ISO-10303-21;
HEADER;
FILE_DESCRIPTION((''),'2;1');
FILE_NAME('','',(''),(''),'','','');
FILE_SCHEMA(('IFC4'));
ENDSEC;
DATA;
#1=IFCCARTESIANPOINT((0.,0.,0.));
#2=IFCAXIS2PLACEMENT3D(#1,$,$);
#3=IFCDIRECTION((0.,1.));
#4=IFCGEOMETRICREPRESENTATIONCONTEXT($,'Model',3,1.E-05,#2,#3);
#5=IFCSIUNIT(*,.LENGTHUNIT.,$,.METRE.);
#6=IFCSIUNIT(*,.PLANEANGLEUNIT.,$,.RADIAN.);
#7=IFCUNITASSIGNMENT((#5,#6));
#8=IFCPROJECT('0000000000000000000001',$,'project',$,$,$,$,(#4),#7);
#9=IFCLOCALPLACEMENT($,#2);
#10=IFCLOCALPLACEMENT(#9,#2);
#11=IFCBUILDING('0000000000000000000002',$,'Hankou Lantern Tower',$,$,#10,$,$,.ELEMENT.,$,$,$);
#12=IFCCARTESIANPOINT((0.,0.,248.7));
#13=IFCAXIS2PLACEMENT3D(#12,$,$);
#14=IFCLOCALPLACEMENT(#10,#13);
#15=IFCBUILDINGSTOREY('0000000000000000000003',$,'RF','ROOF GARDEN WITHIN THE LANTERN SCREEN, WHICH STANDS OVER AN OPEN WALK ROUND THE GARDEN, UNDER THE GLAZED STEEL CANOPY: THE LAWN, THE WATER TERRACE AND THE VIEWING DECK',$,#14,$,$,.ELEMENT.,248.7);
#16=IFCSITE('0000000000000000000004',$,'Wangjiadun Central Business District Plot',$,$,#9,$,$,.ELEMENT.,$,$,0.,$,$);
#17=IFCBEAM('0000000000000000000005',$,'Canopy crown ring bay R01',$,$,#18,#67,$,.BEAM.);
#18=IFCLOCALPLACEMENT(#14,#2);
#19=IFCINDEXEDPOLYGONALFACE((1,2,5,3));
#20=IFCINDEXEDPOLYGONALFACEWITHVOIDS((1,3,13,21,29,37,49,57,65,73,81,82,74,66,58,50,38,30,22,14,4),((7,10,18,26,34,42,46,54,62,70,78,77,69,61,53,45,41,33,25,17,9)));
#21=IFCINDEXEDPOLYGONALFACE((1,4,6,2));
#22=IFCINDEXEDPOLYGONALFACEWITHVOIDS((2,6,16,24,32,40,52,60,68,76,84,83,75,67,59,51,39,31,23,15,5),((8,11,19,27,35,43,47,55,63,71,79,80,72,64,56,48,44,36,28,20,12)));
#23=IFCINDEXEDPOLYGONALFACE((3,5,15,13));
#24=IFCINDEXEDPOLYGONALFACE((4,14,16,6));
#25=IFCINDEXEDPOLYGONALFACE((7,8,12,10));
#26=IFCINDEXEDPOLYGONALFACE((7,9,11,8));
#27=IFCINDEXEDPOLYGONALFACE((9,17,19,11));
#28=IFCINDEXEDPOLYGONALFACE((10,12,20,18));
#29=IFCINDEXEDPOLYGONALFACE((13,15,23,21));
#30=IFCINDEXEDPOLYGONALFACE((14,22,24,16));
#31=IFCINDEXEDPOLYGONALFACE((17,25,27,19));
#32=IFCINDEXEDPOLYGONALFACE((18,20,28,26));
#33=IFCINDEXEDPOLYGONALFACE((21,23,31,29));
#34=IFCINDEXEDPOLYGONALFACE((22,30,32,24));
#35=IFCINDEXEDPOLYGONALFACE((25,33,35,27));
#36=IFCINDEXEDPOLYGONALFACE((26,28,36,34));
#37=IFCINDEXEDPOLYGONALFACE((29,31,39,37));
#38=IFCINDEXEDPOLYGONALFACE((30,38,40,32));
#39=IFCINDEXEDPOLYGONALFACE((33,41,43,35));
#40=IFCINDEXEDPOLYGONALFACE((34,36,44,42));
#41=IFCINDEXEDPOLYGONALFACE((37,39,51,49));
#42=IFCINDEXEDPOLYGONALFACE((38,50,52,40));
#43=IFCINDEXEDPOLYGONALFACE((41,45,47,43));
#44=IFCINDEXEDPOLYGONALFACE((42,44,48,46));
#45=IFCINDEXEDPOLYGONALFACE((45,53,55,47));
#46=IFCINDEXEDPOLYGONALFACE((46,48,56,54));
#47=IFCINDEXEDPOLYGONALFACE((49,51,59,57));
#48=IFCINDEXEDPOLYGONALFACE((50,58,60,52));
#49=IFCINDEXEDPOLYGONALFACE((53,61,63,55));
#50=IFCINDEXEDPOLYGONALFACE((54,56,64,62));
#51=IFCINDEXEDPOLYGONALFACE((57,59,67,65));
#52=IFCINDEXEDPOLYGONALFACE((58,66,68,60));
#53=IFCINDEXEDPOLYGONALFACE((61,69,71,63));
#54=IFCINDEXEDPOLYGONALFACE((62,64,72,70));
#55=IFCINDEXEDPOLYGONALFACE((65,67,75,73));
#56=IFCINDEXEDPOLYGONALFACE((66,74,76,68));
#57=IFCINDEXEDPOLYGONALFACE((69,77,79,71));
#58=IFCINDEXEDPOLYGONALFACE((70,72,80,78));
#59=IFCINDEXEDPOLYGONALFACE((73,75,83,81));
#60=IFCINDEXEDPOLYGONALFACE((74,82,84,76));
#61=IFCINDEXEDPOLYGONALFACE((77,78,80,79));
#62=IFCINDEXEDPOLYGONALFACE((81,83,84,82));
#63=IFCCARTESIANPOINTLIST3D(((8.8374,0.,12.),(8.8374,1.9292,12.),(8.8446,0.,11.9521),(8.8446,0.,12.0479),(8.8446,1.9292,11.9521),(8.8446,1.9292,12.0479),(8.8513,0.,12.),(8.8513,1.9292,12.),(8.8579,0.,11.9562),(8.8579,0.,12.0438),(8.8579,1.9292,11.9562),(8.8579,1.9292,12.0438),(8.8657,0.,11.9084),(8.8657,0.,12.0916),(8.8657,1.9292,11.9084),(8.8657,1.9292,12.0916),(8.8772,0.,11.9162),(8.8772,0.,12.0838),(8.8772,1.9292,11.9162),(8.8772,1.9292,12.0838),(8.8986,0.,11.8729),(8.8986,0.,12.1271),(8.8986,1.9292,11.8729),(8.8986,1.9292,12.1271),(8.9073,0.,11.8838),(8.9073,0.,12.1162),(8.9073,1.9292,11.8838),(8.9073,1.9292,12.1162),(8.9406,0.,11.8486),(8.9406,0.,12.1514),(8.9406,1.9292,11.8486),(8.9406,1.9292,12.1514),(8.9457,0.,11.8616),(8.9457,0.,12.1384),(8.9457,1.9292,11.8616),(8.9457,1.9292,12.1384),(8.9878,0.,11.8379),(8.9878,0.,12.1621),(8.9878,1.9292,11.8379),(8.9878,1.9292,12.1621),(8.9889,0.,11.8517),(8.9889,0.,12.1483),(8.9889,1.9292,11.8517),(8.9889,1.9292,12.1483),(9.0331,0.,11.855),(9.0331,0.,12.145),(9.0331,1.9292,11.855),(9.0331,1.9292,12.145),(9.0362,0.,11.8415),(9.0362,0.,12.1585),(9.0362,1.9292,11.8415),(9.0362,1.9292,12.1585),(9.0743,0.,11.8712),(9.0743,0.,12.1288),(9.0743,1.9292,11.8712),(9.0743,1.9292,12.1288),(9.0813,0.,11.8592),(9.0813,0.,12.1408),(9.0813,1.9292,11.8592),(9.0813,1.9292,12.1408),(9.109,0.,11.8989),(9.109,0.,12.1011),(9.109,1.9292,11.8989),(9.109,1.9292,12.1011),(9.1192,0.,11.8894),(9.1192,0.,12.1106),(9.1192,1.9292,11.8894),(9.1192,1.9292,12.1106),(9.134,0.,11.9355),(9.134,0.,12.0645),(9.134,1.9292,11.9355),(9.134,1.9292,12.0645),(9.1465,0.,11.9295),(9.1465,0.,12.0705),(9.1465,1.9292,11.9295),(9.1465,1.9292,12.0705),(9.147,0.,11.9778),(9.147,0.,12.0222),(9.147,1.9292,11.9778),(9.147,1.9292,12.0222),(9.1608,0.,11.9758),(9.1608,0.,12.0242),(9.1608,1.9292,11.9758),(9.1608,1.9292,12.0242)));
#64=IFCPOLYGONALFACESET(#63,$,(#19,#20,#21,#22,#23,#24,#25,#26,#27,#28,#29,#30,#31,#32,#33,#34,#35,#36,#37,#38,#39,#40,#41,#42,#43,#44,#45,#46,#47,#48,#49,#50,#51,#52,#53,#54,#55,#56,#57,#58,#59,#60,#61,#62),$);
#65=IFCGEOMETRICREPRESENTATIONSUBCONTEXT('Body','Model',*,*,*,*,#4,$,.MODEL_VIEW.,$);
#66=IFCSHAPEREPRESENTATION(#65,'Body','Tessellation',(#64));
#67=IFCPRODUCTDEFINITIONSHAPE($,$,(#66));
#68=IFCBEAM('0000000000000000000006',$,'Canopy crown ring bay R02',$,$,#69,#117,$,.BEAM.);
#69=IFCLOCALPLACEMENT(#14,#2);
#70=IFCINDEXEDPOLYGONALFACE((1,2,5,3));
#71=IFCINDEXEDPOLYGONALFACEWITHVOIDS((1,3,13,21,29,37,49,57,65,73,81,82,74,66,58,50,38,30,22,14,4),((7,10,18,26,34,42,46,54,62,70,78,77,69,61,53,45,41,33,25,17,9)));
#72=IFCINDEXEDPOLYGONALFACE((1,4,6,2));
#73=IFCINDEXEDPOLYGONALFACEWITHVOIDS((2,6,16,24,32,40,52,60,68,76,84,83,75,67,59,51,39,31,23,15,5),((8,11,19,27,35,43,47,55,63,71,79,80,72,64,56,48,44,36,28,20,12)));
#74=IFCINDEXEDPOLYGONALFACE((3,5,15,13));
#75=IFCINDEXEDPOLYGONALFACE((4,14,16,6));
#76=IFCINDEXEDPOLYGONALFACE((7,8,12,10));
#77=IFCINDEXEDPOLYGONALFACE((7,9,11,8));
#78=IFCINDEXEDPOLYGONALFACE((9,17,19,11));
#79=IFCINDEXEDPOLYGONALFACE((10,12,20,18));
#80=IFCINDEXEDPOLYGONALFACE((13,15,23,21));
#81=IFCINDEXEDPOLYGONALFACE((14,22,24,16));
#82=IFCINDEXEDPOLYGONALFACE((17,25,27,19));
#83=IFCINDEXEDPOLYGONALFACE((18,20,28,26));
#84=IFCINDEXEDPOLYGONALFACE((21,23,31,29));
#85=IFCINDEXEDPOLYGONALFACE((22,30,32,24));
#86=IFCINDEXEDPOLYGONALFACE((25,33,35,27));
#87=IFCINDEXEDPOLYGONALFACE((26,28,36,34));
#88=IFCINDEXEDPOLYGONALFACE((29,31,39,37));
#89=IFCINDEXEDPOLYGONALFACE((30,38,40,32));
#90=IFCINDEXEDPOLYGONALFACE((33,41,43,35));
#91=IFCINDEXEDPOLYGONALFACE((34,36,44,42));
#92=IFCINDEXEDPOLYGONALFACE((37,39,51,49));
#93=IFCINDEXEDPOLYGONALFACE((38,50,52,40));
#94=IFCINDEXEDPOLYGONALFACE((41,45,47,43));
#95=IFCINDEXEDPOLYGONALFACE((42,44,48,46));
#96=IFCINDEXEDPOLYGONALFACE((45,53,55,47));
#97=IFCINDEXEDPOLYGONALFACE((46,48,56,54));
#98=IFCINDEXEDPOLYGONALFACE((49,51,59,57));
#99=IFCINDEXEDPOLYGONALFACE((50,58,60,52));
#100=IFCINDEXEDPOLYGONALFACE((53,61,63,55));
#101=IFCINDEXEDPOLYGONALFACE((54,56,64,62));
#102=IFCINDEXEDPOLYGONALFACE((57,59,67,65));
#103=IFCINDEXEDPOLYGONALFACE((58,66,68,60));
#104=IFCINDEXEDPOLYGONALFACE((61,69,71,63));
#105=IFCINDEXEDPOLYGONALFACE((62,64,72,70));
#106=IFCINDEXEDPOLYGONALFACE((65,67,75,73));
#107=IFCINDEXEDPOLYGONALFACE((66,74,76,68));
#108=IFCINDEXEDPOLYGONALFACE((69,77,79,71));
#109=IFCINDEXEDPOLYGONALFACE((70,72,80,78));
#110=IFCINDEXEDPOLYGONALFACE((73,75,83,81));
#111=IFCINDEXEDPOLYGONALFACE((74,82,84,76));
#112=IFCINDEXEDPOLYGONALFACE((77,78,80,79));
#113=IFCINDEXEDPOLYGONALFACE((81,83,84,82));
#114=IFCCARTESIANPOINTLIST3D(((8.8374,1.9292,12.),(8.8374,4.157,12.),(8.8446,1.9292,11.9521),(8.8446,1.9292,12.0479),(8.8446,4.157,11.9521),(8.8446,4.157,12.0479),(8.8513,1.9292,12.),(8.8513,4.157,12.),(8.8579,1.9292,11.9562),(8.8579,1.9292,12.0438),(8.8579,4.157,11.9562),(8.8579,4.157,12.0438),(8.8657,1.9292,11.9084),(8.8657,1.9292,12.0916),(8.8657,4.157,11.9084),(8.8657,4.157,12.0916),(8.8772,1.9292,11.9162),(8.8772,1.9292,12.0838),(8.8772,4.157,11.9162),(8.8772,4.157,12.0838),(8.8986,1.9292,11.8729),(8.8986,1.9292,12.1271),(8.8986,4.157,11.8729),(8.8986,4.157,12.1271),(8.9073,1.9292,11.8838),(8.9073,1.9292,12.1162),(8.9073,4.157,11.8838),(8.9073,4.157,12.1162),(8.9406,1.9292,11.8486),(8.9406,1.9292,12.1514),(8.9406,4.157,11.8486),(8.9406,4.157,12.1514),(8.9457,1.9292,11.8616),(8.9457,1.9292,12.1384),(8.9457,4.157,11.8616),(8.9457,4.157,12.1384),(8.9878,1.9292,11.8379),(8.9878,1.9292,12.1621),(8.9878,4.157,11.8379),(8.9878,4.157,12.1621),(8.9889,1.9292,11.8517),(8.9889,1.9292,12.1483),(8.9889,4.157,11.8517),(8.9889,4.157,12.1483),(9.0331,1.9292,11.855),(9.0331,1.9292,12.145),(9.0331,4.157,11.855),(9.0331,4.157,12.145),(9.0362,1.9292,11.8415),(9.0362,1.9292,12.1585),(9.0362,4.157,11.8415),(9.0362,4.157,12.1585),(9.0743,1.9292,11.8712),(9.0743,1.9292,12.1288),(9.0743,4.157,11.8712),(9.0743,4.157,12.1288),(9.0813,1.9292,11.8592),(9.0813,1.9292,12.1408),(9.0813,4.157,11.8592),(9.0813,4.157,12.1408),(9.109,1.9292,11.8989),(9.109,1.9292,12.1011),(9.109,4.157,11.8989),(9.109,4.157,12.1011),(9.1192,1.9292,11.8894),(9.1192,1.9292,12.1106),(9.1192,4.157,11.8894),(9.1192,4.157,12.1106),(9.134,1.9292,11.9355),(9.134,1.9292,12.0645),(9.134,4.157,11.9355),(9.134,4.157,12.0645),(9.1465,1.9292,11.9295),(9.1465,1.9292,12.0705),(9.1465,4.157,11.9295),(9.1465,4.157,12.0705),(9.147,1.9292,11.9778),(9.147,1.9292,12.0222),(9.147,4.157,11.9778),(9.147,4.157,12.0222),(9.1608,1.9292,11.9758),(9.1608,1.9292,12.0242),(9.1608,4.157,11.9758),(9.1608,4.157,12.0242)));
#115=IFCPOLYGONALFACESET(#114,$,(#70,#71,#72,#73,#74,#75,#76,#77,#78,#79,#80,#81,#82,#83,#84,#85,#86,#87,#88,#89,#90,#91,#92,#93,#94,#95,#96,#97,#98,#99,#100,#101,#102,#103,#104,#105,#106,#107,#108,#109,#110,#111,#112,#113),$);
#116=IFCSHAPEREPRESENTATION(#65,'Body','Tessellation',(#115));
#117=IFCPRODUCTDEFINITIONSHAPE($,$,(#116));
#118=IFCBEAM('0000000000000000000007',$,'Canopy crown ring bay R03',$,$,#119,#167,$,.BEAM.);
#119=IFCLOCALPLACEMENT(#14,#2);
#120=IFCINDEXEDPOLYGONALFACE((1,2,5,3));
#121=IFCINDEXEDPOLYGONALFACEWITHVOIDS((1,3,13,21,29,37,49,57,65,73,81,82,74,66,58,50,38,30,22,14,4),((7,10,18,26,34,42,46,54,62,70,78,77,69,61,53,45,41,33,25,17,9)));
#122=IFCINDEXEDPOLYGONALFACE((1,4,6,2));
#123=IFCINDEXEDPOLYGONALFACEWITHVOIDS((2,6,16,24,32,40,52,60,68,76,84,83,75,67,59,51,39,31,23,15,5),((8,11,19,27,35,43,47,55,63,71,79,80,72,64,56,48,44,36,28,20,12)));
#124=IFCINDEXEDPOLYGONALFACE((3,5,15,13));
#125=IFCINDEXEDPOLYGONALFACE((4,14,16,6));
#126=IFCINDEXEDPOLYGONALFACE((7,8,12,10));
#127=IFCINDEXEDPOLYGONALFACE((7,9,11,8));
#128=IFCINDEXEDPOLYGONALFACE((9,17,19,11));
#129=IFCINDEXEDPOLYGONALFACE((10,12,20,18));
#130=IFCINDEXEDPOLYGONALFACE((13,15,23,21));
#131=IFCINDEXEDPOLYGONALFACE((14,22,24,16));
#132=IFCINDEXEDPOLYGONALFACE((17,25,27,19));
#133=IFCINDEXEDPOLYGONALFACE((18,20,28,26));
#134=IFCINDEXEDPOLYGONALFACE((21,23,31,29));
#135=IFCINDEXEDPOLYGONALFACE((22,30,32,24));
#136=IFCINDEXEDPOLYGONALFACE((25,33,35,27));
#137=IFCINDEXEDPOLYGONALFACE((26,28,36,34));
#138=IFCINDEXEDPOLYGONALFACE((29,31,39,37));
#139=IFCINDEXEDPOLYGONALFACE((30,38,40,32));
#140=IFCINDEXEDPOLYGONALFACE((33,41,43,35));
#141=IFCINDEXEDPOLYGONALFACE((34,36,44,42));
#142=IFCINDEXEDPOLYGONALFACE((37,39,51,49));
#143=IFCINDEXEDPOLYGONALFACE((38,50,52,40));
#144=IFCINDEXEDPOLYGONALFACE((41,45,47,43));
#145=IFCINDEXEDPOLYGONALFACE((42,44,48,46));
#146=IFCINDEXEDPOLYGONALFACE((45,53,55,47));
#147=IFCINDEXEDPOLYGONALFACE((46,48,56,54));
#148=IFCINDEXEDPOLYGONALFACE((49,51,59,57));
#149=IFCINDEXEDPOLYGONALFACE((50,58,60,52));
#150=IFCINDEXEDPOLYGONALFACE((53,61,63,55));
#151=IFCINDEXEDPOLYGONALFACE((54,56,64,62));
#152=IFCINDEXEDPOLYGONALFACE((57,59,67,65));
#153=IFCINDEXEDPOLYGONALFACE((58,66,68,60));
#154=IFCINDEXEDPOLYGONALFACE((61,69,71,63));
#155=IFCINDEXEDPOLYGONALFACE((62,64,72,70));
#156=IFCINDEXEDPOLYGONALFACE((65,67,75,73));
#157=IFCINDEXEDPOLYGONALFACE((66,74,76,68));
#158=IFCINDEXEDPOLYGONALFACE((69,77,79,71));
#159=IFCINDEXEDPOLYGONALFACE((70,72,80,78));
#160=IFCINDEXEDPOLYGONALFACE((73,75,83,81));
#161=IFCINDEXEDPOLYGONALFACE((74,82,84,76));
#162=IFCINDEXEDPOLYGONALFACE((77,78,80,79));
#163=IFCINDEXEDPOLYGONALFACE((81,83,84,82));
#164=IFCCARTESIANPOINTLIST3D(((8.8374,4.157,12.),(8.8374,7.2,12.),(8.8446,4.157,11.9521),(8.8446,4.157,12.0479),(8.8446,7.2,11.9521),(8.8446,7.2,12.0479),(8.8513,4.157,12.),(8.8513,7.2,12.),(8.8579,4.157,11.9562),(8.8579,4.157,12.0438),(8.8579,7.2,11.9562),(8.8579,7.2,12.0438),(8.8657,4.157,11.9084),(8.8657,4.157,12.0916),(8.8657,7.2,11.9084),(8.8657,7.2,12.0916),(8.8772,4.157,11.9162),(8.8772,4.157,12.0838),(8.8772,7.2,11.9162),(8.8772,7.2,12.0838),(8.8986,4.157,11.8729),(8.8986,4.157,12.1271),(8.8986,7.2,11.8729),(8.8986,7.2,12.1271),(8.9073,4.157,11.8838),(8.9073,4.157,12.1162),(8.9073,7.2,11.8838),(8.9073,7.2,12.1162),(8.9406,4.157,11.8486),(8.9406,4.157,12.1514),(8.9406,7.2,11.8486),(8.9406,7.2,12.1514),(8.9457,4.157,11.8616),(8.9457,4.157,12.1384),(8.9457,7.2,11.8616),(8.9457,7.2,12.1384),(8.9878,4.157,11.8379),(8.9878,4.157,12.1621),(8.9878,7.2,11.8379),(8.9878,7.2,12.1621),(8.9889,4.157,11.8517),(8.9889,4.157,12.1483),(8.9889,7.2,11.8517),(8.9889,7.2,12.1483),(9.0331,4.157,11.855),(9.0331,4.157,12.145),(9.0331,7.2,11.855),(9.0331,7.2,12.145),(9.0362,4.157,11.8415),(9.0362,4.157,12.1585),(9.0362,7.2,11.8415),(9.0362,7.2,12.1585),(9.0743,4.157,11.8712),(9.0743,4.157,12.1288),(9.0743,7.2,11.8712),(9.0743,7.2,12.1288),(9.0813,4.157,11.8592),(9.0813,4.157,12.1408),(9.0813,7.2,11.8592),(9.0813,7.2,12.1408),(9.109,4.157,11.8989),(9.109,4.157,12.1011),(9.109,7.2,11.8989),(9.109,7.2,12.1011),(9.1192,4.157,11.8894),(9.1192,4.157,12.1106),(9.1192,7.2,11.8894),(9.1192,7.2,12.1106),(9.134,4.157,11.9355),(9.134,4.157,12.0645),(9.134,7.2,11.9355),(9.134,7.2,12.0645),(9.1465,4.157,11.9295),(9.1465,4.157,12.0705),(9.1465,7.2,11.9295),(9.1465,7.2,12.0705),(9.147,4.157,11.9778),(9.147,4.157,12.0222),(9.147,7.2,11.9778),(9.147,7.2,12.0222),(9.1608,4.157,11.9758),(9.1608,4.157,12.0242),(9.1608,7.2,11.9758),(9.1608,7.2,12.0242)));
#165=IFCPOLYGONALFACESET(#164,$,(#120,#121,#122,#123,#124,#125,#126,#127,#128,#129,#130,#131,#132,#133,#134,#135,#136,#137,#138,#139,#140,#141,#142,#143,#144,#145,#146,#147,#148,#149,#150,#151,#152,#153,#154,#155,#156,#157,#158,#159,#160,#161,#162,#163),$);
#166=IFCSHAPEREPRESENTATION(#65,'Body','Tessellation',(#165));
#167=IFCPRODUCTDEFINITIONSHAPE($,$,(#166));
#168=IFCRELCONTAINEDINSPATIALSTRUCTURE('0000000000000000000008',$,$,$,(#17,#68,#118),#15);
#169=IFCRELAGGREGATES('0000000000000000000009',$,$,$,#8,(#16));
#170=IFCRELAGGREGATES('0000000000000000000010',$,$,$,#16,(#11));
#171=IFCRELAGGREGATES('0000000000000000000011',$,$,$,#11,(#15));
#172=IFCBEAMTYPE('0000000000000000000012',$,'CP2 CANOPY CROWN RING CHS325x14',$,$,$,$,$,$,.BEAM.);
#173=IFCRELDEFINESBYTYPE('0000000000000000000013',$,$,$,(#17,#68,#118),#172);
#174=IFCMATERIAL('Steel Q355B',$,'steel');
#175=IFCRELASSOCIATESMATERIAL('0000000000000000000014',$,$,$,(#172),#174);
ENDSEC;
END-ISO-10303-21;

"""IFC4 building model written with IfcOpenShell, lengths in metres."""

from ifc_helpers import new_model, si_unit, direction, frame, origin, origin_2d, place, context, subcontext, project, spatial, hollow_circle, extrude, material, material_profile, profile_set, type_object, element, save


model = new_model("IFC4")

# Units and contexts
model_context = context("Model", 3, precision=1e-05, world=origin(), true_north=direction((0.0, 1.0)))
body_context = subcontext(model_context, "Body", "Model", "MODEL_VIEW")
ifc_project = project(units=[si_unit("LENGTHUNIT", "METRE"), si_unit("PLANEANGLEUNIT", "RADIAN")], contexts=[model_context])

# Site, building, storey
site_placement = place(None, origin())
site = spatial("IfcSite", under=ifc_project, at=site_placement, Name="Wangjiadun Central Business District Plot", CompositionType="ELEMENT", RefElevation=0.0)
building_placement = place(site_placement, origin())
building = spatial("IfcBuilding", under=site, at=building_placement, Name="Hankou Lantern Tower", CompositionType="ELEMENT")
storey_placement = place(building_placement, frame((0.0, 0.0, 248.7)))
storey = spatial("IfcBuildingStorey", under=building, at=storey_placement, Name="RF", Description="ROOF GARDEN WITHIN THE LANTERN SCREEN, WHICH STANDS OVER AN OPEN WALK ROUND THE GARDEN, UNDER THE GLAZED STEEL CANOPY: THE LAWN, THE WATER TERRACE AND THE VIEWING DECK", CompositionType="ELEMENT", Elevation=248.7)

# Beams
ifc_material_1 = material(Name="Steel Q355B", Category="steel")
ifc_material_profile_1 = material_profile(ifc_material_1, hollow_circle(Radius=0.1626, WallThickness=0.0139, at=origin_2d()), Name="CHS325x14")
ifc_profile_set_1 = profile_set([ifc_material_profile_1], Name="Steel Q355B")
beam_type = type_object("IfcBeamType", Name="CP2 CANOPY CROWN RING CHS325x14", PredefinedType="BEAM", material=ifc_profile_set_1)
beam_1_placement = place(storey_placement, frame((9.0, 0.0, 12.0), z_axis=(0.0, 1.0, 0.0), x_axis=(-1.0, 0.0, 0.0)))
element("IfcBeam", 1, at=beam_1_placement, inside=storey, type_object=beam_type, Name="Canopy crown ring bay R01", PredefinedType="BEAM", context=body_context, shape_type="SweptSolid", body=[
    extrude(hollow_circle(Radius=0.1626, WallThickness=0.0139, at=origin_2d()), origin(), (0.0, 0.0, 1.0), 1.9292),
])
beam_2_placement = place(storey_placement, frame((9.0, 1.9292, 12.0), z_axis=(0.0, 1.0, 0.0), x_axis=(-1.0, 0.0, 0.0)))
element("IfcBeam", 2, at=beam_2_placement, inside=storey, type_object=beam_type, Name="Canopy crown ring bay R02", PredefinedType="BEAM", context=body_context, shape_type="SweptSolid", body=[
    extrude(hollow_circle(Radius=0.1626, WallThickness=0.0139, at=origin_2d()), origin(), (0.0, 0.0, 1.0), 2.2278),
])
beam_3_placement = place(storey_placement, frame((9.0, 4.157, 12.0), z_axis=(0.0, 1.0, 0.0), x_axis=(-1.0, 0.0, 0.0)))
element("IfcBeam", 3, at=beam_3_placement, inside=storey, type_object=beam_type, Name="Canopy crown ring bay R03", PredefinedType="BEAM", context=body_context, shape_type="SweptSolid", body=[
    extrude(hollow_circle(Radius=0.1626, WallThickness=0.0139, at=origin_2d()), origin(), (0.0, 0.0, 1.0), 3.043),
])

save(model, "model.ifc")
